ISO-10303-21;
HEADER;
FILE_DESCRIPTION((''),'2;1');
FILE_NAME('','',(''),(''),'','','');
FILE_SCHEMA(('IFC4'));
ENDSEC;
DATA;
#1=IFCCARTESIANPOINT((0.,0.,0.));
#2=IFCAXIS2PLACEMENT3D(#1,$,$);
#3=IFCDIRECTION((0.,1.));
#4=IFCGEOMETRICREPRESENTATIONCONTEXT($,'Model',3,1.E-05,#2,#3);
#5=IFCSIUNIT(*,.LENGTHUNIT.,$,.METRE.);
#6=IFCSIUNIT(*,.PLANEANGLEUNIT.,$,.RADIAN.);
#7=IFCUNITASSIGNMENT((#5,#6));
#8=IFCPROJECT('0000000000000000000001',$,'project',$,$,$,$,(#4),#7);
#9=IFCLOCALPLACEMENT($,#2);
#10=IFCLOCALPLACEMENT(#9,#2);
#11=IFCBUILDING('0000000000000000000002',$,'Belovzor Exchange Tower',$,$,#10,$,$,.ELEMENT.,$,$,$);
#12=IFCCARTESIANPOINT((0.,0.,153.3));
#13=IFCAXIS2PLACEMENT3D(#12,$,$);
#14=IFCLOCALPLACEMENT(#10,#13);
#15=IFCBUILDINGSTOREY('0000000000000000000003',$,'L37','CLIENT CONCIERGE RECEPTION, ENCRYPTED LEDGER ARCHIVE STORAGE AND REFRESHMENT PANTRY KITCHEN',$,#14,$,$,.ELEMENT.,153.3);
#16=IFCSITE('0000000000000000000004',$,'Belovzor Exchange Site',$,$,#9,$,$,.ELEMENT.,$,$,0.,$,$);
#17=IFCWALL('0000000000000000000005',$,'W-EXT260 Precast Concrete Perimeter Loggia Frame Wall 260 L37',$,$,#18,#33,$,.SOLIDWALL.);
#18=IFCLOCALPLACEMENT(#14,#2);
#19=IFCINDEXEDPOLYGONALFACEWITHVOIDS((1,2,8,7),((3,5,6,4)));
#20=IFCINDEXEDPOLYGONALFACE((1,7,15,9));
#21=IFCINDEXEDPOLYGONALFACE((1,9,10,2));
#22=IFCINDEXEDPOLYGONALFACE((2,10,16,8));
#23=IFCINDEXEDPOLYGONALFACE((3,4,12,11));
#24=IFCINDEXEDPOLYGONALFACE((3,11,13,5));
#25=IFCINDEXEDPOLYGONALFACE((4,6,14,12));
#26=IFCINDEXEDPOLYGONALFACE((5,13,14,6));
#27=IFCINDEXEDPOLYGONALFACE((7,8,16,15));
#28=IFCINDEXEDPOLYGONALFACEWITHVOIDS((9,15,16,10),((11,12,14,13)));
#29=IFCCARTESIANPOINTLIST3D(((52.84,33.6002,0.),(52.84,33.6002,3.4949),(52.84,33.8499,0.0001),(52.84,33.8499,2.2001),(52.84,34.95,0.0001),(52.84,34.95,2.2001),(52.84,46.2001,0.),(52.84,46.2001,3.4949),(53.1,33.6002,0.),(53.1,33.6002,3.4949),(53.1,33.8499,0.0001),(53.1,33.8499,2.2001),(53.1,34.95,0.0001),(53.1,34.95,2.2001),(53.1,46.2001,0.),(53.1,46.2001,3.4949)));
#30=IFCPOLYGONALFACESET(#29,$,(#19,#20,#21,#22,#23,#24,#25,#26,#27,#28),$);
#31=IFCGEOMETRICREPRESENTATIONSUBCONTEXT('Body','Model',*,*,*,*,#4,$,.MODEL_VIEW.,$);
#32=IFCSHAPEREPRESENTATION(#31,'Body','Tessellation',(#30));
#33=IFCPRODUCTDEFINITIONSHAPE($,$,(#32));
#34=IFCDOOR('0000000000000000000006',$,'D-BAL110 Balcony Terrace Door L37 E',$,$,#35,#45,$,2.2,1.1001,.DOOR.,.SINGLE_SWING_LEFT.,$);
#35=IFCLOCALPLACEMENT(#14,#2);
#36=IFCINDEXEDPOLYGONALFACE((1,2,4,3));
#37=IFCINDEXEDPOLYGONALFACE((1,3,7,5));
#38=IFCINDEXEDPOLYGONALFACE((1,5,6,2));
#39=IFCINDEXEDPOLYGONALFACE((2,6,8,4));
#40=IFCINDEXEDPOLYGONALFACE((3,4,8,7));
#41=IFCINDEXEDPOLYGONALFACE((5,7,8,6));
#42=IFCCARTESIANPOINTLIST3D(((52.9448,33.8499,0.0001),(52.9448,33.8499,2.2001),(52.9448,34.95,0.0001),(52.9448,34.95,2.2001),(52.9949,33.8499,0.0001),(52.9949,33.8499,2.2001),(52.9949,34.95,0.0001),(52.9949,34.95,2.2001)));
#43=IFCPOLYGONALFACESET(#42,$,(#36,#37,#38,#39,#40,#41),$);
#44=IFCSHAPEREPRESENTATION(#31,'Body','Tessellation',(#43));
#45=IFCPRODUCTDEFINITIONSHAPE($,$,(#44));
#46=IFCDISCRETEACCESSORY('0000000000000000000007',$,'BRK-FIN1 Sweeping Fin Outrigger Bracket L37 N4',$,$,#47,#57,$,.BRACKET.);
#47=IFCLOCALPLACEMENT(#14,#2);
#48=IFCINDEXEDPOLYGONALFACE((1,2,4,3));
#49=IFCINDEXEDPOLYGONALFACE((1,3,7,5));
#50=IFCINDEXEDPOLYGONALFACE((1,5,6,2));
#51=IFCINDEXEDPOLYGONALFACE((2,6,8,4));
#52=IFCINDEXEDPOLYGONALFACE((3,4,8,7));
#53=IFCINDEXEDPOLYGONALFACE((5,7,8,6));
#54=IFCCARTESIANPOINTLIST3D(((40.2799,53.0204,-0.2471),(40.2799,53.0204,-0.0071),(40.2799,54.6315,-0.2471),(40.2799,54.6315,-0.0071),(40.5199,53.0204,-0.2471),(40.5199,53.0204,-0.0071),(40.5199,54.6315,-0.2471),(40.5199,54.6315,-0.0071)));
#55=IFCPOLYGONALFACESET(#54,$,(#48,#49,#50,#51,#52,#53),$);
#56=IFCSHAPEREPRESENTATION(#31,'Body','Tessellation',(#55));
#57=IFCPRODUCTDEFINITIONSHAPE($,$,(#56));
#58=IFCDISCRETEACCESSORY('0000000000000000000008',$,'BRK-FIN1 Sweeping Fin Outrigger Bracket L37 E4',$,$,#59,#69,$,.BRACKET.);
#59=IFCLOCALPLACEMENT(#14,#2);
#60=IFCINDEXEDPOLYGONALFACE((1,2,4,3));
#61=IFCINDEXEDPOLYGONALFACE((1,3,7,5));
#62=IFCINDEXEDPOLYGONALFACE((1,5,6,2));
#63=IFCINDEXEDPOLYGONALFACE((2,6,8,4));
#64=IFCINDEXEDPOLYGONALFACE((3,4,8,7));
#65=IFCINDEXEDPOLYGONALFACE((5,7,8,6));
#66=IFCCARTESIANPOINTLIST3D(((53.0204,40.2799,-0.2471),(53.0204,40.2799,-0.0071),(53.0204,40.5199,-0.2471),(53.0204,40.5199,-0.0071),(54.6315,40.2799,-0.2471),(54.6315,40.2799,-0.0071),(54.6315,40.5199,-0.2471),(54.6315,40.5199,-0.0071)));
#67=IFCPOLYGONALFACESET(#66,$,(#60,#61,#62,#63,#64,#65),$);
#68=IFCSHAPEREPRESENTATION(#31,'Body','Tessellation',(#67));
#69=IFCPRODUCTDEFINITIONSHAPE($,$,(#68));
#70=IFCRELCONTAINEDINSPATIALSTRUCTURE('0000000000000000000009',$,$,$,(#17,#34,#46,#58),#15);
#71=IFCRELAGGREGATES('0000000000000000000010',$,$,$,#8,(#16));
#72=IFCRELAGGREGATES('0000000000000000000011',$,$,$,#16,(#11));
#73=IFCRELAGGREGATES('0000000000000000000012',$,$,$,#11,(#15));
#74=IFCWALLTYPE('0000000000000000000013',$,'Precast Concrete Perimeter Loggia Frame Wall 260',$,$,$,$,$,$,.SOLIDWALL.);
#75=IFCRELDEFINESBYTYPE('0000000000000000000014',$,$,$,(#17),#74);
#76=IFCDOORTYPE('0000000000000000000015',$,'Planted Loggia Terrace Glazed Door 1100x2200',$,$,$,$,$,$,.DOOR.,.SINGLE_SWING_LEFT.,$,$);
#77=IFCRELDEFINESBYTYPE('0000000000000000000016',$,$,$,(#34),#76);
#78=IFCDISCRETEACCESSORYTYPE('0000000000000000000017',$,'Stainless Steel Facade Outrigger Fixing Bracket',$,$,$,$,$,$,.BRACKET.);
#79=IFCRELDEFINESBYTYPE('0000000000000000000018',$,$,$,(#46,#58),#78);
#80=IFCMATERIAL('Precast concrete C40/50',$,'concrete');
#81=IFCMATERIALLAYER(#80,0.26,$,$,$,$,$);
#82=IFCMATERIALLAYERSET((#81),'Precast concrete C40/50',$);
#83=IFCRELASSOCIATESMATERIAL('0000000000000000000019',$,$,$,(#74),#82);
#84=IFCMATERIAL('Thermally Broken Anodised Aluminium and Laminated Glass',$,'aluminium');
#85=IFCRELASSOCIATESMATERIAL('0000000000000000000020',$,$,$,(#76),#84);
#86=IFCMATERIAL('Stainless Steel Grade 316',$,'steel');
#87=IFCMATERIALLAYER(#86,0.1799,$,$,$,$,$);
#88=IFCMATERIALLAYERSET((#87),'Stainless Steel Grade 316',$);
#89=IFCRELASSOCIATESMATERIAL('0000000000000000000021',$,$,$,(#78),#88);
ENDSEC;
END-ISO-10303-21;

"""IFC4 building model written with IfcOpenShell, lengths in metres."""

from ifc_helpers import new_model, si_unit, direction, frame, frame_2d, origin, origin_2d, place, context, subcontext, project, spatial, rectangle, extrude, material, layer, layer_set, type_object, element, fill, save


model = new_model("IFC4")

# Units and contexts
model_context = context("Model", 3, precision=1e-05, world=origin(), true_north=direction((0.0, 1.0)))
body_context = subcontext(model_context, "Body", "Model", "MODEL_VIEW")
ifc_project = project(units=[si_unit("LENGTHUNIT", "METRE"), si_unit("PLANEANGLEUNIT", "RADIAN")], contexts=[model_context])

# Site, building, storey
site_placement = place(None, origin())
site = spatial("IfcSite", under=ifc_project, at=site_placement, Name="Belovzor Exchange Site", CompositionType="ELEMENT", RefElevation=0.0)
building_placement = place(site_placement, origin())
building = spatial("IfcBuilding", under=site, at=building_placement, Name="Belovzor Exchange Tower", CompositionType="ELEMENT")
storey_placement = place(building_placement, frame((0.0, 0.0, 153.3)))
storey = spatial("IfcBuildingStorey", under=building, at=storey_placement, Name="L37", Description="CLIENT CONCIERGE RECEPTION, ENCRYPTED LEDGER ARCHIVE STORAGE AND REFRESHMENT PANTRY KITCHEN", CompositionType="ELEMENT", Elevation=153.3)

# Wall, opening, door
ifc_material_1 = material(Name="Precast concrete C40/50", Category="concrete")
ifc_layer_1 = layer(ifc_material_1, 0.26)
ifc_layer_set_1 = layer_set([ifc_layer_1], Name="Precast concrete C40/50")
wall_type_1 = type_object("IfcWallType", Name="Precast Concrete Perimeter Loggia Frame Wall 260", PredefinedType="SOLIDWALL", material=ifc_layer_set_1)
wall_1_placement = place(storey_placement, frame((52.97, 46.2, 0.0), z_axis=(0.0, 0.0, 1.0), x_axis=(0.0, -1.0, 0.0)))
wall_1 = element("IfcWall", 1, at=wall_1_placement, inside=storey, type_object=wall_type_1, Name="W-EXT260 Precast Concrete Perimeter Loggia Frame Wall 260 L37", PredefinedType="SOLIDWALL", context=body_context, shape_type="SweptSolid", body=[
    extrude(rectangle(XDim=12.5999, YDim=0.26, at=frame_2d((6.2998, 0.0))), origin(), (0.0, 0.0, 1.0), 3.4949),
])
opening_1_placement = place(wall_1_placement, frame((11.25, 0.0, 0.0)))
opening_1 = element("IfcOpeningElement", 2, at=opening_1_placement, cuts=wall_1, PredefinedType="OPENING", context=body_context, shape_type="SweptSolid", body=[
    extrude(rectangle(XDim=1.1001, YDim=2.2, at=frame_2d((0.55, 1.1001))), frame((0.0, 0.1399, 0.0), z_axis=(0.0, -1.0, 0.0), x_axis=(1.0, 0.0, 0.0)), (0.0, 0.0, 1.0), 0.28),
])
ifc_material_2 = material(Name="Thermally Broken Anodised Aluminium and Laminated Glass", Category="aluminium")
door_type_1 = type_object("IfcDoorType", Name="Planted Loggia Terrace Glazed Door 1100x2200", OperationType="SINGLE_SWING_LEFT", PredefinedType="DOOR", material=ifc_material_2)
door_1_placement = place(opening_1_placement, origin())
door_1 = element("IfcDoor", 3, at=door_1_placement, inside=storey, type_object=door_type_1, Name="D-BAL110 Balcony Terrace Door L37 E", OperationType="SINGLE_SWING_LEFT", OverallHeight=2.2, OverallWidth=1.1001, PredefinedType="DOOR", context=body_context, shape_type="SweptSolid", body=[
    extrude(rectangle(XDim=1.1001, YDim=2.2, at=frame_2d((0.55, 1.1001))), frame((0.0, 0.0249, 0.0), z_axis=(0.0, -1.0, 0.0), x_axis=(1.0, 0.0, 0.0)), (0.0, 0.0, 1.0), 0.05),
])
fill(opening_1, door_1)

# Discrete accessories
ifc_material_3 = material(Name="Stainless Steel Grade 316", Category="steel")
ifc_layer_2 = layer(ifc_material_3, 0.1799)
ifc_layer_set_2 = layer_set([ifc_layer_2], Name="Stainless Steel Grade 316")
discrete_accessory_type = type_object("IfcDiscreteAccessoryType", Name="Stainless Steel Facade Outrigger Fixing Bracket", PredefinedType="BRACKET", material=ifc_layer_set_2)
for number, where, z_axis, x_axis, name in (
    (4, (40.3999, 53.8259, -0.2471), (0.0, 0.0, 1.0), (0.0, 1.0, 0.0), "BRK-FIN1 Sweeping Fin Outrigger Bracket L37 N4"),
    (5, (53.8259, 40.3999, -0.2471), (0.0, 0.0, 1.0), (1.0, 0.0, 0.0), "BRK-FIN1 Sweeping Fin Outrigger Bracket L37 E4"),
):
    element("IfcDiscreteAccessory", number, at=place(storey_placement, frame(where, z_axis=z_axis, x_axis=x_axis)), inside=storey, type_object=discrete_accessory_type, Name=name, PredefinedType="BRACKET", context=body_context, shape_type="SweptSolid", body=[
        extrude(rectangle(XDim=1.6111, YDim=0.24, at=origin_2d()), origin(), (0.0, 0.0, 1.0), 0.24),
    ])

save(model, "model.ifc")
